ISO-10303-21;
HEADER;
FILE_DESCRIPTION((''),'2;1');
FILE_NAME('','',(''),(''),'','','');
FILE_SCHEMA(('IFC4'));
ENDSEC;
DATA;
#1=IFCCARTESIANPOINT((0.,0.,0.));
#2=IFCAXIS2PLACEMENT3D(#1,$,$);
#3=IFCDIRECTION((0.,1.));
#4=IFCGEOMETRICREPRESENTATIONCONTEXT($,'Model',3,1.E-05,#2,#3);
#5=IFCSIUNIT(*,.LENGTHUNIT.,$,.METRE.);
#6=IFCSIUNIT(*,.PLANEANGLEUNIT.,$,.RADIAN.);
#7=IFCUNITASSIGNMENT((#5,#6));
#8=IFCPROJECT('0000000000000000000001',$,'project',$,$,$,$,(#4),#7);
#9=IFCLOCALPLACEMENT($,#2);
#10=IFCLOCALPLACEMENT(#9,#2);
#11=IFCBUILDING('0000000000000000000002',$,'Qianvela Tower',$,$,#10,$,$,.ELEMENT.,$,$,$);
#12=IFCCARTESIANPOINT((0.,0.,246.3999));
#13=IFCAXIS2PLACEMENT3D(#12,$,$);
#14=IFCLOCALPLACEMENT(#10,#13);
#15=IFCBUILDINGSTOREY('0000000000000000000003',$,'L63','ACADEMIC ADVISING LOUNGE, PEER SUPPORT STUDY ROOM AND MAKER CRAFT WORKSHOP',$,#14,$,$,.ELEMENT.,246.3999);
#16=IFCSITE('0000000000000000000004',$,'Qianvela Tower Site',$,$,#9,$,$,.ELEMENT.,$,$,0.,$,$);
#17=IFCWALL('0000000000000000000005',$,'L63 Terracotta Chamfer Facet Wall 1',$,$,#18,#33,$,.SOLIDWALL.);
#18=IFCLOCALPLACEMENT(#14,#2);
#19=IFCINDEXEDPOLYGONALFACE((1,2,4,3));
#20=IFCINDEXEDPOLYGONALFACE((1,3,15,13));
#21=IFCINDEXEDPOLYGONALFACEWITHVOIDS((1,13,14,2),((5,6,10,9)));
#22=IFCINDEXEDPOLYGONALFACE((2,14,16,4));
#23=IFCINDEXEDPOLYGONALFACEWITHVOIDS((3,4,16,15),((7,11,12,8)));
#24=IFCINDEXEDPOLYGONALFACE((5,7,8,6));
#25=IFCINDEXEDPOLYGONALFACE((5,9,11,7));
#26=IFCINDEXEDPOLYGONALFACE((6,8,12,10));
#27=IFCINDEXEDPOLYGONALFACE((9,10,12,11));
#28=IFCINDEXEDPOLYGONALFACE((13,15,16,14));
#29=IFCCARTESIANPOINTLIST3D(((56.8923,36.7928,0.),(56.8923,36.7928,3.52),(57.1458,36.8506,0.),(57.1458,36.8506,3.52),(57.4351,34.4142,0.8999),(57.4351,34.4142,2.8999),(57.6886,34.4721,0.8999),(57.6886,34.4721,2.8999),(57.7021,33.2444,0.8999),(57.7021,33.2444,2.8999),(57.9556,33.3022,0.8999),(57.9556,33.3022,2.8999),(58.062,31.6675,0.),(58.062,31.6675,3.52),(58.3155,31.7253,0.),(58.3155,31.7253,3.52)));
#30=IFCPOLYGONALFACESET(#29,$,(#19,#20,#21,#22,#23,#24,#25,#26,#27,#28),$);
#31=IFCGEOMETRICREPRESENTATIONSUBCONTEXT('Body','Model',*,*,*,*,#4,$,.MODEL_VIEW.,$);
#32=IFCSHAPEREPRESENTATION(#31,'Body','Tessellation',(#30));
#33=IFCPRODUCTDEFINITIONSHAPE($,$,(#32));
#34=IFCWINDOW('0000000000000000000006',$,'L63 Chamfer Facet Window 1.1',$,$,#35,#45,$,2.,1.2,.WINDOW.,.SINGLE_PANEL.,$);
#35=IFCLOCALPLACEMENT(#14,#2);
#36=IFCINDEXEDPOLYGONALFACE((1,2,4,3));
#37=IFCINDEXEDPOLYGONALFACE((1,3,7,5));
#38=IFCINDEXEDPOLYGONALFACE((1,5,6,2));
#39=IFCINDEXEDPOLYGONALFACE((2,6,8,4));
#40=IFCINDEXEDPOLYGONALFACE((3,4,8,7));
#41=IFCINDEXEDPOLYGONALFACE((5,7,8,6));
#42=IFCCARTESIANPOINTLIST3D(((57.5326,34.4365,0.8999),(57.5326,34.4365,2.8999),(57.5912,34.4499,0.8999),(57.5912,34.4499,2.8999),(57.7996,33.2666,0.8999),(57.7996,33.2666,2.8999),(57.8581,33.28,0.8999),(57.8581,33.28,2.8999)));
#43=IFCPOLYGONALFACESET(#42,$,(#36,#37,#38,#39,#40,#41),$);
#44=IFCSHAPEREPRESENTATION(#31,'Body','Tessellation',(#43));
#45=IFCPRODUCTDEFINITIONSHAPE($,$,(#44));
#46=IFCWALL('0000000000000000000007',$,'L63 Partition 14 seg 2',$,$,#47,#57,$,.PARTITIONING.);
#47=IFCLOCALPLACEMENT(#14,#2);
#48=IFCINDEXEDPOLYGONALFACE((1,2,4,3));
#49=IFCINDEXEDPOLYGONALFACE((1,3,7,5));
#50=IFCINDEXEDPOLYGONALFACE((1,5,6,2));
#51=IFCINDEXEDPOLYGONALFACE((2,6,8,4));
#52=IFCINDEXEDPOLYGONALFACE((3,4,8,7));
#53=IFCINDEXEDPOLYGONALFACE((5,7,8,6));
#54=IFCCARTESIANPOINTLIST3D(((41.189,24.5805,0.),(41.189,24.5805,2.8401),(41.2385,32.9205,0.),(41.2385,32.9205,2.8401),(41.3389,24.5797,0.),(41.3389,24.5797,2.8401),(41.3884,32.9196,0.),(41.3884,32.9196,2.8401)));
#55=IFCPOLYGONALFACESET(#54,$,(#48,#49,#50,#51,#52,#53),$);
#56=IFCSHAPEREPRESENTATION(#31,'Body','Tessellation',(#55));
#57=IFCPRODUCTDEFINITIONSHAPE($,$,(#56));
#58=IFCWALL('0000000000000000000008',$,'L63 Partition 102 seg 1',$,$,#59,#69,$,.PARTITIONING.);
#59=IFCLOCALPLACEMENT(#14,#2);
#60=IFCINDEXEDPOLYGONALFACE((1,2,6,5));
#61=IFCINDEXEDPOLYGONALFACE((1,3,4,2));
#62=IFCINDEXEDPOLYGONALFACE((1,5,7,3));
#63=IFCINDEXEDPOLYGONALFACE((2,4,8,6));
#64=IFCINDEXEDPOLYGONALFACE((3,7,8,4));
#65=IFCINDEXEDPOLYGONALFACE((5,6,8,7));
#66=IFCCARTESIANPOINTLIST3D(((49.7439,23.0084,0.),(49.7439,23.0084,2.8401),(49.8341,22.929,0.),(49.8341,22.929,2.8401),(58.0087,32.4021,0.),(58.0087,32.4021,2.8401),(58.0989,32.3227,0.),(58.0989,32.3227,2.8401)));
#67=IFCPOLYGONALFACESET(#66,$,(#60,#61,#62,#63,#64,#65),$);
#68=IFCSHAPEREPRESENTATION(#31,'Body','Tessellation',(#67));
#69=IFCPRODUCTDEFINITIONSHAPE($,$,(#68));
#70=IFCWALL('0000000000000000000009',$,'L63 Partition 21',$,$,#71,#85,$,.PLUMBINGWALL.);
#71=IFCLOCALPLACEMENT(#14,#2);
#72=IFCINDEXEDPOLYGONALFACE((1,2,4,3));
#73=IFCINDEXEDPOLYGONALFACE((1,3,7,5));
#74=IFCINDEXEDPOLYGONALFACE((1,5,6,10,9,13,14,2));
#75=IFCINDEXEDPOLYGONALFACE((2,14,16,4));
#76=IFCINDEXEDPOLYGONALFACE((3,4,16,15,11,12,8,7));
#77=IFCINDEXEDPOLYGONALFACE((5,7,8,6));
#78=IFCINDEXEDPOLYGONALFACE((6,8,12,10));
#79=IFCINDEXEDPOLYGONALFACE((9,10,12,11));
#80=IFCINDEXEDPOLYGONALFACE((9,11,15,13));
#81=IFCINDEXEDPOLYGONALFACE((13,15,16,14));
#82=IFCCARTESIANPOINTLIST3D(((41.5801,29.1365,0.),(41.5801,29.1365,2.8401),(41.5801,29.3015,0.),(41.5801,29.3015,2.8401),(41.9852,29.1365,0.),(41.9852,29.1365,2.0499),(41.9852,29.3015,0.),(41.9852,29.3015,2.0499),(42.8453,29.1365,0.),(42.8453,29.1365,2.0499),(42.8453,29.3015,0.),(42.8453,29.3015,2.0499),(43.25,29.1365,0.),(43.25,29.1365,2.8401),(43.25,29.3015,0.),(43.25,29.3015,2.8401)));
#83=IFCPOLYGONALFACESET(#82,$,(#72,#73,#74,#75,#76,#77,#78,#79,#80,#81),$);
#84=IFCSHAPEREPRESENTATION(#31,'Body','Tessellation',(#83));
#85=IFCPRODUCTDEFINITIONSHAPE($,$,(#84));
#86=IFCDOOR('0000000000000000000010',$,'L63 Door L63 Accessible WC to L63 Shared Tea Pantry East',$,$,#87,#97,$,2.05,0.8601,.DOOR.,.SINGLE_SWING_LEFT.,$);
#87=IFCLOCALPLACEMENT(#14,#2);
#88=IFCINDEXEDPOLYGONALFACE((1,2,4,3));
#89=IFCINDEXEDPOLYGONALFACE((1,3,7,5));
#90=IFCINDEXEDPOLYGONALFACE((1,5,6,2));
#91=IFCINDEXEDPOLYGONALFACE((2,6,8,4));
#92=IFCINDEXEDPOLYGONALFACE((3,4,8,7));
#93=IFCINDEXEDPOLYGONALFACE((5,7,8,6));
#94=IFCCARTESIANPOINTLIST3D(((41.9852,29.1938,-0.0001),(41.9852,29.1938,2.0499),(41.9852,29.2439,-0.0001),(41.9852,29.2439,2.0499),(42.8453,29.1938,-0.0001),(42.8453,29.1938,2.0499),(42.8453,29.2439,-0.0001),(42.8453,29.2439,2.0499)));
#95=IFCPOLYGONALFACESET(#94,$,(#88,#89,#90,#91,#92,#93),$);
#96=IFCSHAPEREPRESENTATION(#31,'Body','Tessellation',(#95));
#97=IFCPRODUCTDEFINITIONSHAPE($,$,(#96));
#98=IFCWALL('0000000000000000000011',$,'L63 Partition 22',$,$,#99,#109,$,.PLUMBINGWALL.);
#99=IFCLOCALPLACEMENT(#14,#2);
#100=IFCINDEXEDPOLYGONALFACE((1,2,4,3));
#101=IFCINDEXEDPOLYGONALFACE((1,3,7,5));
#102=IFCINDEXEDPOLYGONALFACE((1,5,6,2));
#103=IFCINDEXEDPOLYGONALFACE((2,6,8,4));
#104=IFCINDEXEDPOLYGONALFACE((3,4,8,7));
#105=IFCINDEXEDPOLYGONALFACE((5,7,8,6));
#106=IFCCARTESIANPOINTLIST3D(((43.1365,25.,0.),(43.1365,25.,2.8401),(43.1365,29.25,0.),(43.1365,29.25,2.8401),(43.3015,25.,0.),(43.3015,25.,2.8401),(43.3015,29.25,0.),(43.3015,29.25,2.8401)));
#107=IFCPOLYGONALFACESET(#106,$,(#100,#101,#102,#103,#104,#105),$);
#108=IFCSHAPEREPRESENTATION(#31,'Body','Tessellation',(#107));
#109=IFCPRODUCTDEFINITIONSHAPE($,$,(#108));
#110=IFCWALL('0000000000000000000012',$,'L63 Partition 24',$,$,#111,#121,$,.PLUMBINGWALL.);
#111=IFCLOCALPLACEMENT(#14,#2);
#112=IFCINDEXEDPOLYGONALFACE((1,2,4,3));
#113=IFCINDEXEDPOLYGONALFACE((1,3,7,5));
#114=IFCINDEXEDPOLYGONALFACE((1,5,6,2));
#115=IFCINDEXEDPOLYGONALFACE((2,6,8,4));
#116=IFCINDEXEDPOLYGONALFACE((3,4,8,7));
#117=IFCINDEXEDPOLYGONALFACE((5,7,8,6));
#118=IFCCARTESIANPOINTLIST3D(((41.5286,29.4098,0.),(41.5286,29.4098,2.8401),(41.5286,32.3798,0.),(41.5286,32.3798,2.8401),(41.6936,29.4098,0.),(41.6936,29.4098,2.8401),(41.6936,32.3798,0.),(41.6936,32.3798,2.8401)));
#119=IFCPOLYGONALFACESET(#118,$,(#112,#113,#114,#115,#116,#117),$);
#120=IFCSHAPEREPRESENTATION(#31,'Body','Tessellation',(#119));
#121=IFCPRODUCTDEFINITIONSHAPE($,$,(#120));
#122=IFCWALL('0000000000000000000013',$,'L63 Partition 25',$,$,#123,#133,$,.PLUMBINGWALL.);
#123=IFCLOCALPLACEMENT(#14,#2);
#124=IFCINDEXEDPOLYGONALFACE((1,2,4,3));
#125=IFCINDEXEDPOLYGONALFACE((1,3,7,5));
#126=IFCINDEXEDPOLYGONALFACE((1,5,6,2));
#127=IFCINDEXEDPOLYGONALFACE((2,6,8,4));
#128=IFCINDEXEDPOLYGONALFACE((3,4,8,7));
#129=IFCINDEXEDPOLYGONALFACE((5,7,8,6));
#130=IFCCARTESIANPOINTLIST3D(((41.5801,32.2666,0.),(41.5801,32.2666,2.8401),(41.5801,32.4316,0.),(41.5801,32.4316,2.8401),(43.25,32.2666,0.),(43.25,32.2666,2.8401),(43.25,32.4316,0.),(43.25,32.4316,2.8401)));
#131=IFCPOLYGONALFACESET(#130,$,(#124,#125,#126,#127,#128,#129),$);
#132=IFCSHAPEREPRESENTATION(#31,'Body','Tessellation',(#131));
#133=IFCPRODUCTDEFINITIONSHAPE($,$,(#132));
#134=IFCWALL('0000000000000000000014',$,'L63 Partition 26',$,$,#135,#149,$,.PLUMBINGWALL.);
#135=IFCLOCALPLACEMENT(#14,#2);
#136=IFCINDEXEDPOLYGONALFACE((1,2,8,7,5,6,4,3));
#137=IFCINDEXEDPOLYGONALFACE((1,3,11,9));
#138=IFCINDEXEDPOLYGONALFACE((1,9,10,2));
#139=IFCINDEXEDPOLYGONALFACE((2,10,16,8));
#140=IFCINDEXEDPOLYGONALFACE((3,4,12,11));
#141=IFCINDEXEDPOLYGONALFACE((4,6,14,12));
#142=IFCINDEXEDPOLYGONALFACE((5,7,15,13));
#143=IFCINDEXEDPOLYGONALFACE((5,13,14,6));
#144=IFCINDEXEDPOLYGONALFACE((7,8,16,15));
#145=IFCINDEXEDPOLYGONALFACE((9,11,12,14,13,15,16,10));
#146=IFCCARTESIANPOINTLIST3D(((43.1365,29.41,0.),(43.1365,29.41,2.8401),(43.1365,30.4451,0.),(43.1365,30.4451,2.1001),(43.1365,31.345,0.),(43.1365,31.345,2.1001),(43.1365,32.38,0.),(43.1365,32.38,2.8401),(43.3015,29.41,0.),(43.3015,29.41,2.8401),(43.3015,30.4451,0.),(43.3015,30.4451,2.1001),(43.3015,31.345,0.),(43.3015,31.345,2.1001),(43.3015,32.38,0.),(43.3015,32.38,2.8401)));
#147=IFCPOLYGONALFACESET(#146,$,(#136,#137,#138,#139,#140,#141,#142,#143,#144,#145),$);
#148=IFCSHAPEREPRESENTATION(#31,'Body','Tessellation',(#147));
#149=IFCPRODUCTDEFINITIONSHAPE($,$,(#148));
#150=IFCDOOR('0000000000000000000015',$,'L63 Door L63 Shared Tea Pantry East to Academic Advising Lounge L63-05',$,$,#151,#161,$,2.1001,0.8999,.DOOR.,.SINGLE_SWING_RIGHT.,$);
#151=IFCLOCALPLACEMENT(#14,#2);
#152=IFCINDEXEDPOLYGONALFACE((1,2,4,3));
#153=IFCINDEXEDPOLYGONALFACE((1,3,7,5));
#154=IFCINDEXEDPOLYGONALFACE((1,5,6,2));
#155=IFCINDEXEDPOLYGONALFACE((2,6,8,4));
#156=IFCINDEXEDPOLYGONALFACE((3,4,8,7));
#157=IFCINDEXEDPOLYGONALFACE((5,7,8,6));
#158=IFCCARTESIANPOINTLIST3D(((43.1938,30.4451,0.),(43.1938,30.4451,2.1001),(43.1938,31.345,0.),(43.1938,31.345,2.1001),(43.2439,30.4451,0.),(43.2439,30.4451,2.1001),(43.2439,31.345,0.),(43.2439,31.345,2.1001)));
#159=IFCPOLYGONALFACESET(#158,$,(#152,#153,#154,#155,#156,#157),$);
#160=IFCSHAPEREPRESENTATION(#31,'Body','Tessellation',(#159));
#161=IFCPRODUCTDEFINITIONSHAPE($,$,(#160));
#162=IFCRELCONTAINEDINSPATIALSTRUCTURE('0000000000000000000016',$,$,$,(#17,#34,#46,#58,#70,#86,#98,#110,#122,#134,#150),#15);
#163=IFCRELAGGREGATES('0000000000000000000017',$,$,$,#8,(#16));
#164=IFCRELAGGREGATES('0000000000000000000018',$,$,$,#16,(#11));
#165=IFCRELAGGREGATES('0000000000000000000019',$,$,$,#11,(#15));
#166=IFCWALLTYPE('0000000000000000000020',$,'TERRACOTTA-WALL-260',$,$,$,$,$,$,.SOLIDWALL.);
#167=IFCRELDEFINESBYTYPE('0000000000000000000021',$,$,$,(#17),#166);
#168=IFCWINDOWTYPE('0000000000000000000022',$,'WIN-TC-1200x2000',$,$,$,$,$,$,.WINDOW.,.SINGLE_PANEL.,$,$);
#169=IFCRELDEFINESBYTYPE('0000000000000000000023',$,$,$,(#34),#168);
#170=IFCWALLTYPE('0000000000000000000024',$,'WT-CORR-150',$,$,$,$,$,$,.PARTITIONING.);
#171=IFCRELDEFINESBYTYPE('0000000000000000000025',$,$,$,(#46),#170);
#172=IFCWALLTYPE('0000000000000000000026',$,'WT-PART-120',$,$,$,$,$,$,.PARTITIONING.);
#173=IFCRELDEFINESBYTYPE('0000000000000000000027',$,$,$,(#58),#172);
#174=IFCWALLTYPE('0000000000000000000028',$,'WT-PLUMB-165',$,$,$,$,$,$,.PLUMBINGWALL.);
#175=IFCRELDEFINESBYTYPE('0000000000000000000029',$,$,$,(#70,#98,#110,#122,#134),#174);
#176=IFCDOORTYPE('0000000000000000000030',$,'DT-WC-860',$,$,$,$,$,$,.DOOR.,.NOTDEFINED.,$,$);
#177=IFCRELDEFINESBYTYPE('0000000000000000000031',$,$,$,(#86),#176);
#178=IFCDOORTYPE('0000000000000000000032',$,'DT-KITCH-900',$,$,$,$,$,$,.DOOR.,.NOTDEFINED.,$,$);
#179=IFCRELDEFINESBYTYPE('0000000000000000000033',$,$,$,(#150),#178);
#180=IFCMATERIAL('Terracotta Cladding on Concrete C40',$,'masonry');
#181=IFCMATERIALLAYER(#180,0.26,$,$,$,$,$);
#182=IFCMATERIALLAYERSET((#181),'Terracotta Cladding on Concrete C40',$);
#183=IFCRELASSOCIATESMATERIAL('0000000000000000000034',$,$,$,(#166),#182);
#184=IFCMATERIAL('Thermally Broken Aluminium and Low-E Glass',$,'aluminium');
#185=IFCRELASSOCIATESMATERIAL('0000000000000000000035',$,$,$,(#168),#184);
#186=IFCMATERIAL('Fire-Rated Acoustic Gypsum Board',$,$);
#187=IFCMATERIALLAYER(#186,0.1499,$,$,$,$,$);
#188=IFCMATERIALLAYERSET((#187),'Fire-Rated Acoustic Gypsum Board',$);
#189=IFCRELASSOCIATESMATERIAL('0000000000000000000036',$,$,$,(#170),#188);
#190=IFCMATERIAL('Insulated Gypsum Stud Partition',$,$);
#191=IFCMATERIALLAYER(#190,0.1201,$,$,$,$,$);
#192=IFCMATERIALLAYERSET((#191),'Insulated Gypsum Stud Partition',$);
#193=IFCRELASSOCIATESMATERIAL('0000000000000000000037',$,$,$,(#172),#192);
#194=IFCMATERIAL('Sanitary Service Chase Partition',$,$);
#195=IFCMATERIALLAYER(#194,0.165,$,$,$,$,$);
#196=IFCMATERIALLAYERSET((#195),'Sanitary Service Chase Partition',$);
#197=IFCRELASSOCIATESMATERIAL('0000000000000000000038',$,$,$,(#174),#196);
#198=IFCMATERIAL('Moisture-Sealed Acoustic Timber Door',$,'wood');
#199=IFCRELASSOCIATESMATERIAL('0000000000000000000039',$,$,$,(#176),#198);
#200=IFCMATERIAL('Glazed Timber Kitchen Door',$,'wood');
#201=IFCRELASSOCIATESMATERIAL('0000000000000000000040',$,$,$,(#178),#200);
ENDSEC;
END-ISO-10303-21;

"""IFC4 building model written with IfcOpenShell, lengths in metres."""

from ifc_helpers import new_model, si_unit, direction, frame, frame_2d, origin, place, context, subcontext, project, spatial, rectangle, extrude, material, layer, layer_set, type_object, element, fill, save


model = new_model("IFC4")

# Units and contexts
model_context = context("Model", 3, precision=1e-05, world=origin(), true_north=direction((0.0, 1.0)))
body_context = subcontext(model_context, "Body", "Model", "MODEL_VIEW")
ifc_project = project(units=[si_unit("LENGTHUNIT", "METRE"), si_unit("PLANEANGLEUNIT", "RADIAN")], contexts=[model_context])

# Site, building, storey
site_placement = place(None, origin())
site = spatial("IfcSite", under=ifc_project, at=site_placement, Name="Qianvela Tower Site", CompositionType="ELEMENT", RefElevation=0.0)
building_placement = place(site_placement, origin())
building = spatial("IfcBuilding", under=site, at=building_placement, Name="Qianvela Tower", CompositionType="ELEMENT")
storey_placement = place(building_placement, frame((0.0, 0.0, 246.3999)))
storey = spatial("IfcBuildingStorey", under=building, at=storey_placement, Name="L63", Description="ACADEMIC ADVISING LOUNGE, PEER SUPPORT STUDY ROOM AND MAKER CRAFT WORKSHOP", CompositionType="ELEMENT", Elevation=246.3999)

# Wall, opening, window
ifc_material_1 = material(Name="Terracotta Cladding on Concrete C40", Category="masonry")
ifc_layer_1 = layer(ifc_material_1, 0.26)
ifc_layer_set_1 = layer_set([ifc_layer_1], Name="Terracotta Cladding on Concrete C40")
wall_type_1 = type_object("IfcWallType", Name="TERRACOTTA-WALL-260", PredefinedType="SOLIDWALL", material=ifc_layer_set_1)
wall_1_placement = place(storey_placement, frame((58.1887, 31.6965, 0.0), z_axis=(0.0, 0.0, 1.0), x_axis=(-0.222498, 0.974933, 0.0)))
wall_1 = element("IfcWall", 1, at=wall_1_placement, inside=storey, type_object=wall_type_1, Name="L63 Terracotta Chamfer Facet Wall 1", PredefinedType="SOLIDWALL", context=body_context, shape_type="SweptSolid", body=[
    extrude(rectangle(XDim=5.2571, YDim=0.26, at=frame_2d((2.6284, 0.0))), origin(), (0.0, 0.0, 1.0), 3.52),
])
opening_1_placement = place(wall_1_placement, frame((1.6172, 0.0, 0.8999)))
opening_1 = element("IfcOpeningElement", 2, at=opening_1_placement, cuts=wall_1, PredefinedType="OPENING", context=body_context, shape_type="SweptSolid", body=[
    extrude(rectangle(XDim=1.2, YDim=2.0, at=frame_2d((0.6001, 1.0))), frame((0.0, 0.1399, 0.0), z_axis=(0.0, -1.0, 0.0), x_axis=(1.0, 0.0, 0.0)), (0.0, 0.0, 1.0), 0.28),
])
ifc_material_2 = material(Name="Thermally Broken Aluminium and Low-E Glass", Category="aluminium")
window_type = type_object("IfcWindowType", Name="WIN-TC-1200x2000", PartitioningType="SINGLE_PANEL", PredefinedType="WINDOW", material=ifc_material_2)
window_placement = place(opening_1_placement, origin())
window = element("IfcWindow", 3, at=window_placement, inside=storey, type_object=window_type, Name="L63 Chamfer Facet Window 1.1", OverallHeight=2.0, OverallWidth=1.2, PartitioningType="SINGLE_PANEL", PredefinedType="WINDOW", context=body_context, shape_type="SweptSolid", body=[
    extrude(rectangle(XDim=1.2, YDim=2.0, at=frame_2d((0.6001, 1.0))), frame((0.0, 0.03, 0.0), z_axis=(0.0, -1.0, 0.0), x_axis=(1.0, 0.0, 0.0)), (0.0, 0.0, 1.0), 0.0601),
])
fill(opening_1, window)

# Walls
ifc_material_3 = material(Name="Fire-Rated Acoustic Gypsum Board")
ifc_layer_2 = layer(ifc_material_3, 0.1499)
ifc_layer_set_2 = layer_set([ifc_layer_2], Name="Fire-Rated Acoustic Gypsum Board")
wall_type_2 = type_object("IfcWallType", Name="WT-CORR-150", PredefinedType="PARTITIONING", material=ifc_layer_set_2)
wall_2_placement = place(storey_placement, frame((41.3135, 32.9199, 0.0), z_axis=(0.0, 0.0, 1.0), x_axis=(-0.005943, -0.999982, 0.0)))
element("IfcWall", 4, at=wall_2_placement, inside=storey, type_object=wall_type_2, Name="L63 Partition 14 seg 2", PredefinedType="PARTITIONING", context=body_context, shape_type="SweptSolid", body=[
    extrude(rectangle(XDim=8.3401, YDim=0.1499, at=frame_2d((4.1699, 0.0))), origin(), (0.0, 0.0, 1.0), 2.8401),
])
ifc_material_4 = material(Name="Insulated Gypsum Stud Partition")
ifc_layer_3 = layer(ifc_material_4, 0.1201)
ifc_layer_set_3 = layer_set([ifc_layer_3], Name="Insulated Gypsum Stud Partition")
wall_type_3 = type_object("IfcWallType", Name="WT-PART-120", PredefinedType="PARTITIONING", material=ifc_layer_set_3)
wall_3_placement = place(storey_placement, frame((58.0537, 32.3623, 0.0), z_axis=(0.0, 0.0, 1.0), x_axis=(-0.660554, -0.750779, 0.0)))
element("IfcWall", 5, at=wall_3_placement, inside=storey, type_object=wall_type_3, Name="L63 Partition 102 seg 1", PredefinedType="PARTITIONING", context=body_context, shape_type="SweptSolid", body=[
    extrude(rectangle(XDim=12.512, YDim=0.1201, at=frame_2d((6.2559, 0.0))), origin(), (0.0, 0.0, 1.0), 2.8401),
])

# Wall, opening, door
ifc_material_5 = material(Name="Sanitary Service Chase Partition")
ifc_layer_4 = layer(ifc_material_5, 0.165)
ifc_layer_set_4 = layer_set([ifc_layer_4], Name="Sanitary Service Chase Partition")
wall_type_4 = type_object("IfcWallType", Name="WT-PLUMB-165", PredefinedType="PLUMBINGWALL", material=ifc_layer_set_4)
wall_4_placement = place(storey_placement, frame((41.5801, 29.219, 0.0), z_axis=(0.0, 0.0, 1.0), x_axis=(1.0, 0.0, 0.0)))
wall_4 = element("IfcWall", 6, at=wall_4_placement, inside=storey, type_object=wall_type_4, Name="L63 Partition 21", PredefinedType="PLUMBINGWALL", context=body_context, shape_type="SweptSolid", body=[
    extrude(rectangle(XDim=1.6699, YDim=0.165, at=frame_2d((0.835, 0.0))), origin(), (0.0, 0.0, 1.0), 2.8401),
])
opening_2_placement = place(wall_4_placement, frame((0.405, 0.0, 0.0)))
opening_2 = element("IfcOpeningElement", 7, at=opening_2_placement, cuts=wall_4, PredefinedType="OPENING", context=body_context, shape_type="SweptSolid", body=[
    extrude(rectangle(XDim=0.8601, YDim=2.05, at=frame_2d((0.4302, 1.0249))), frame((0.0, 0.0925, 0.0), z_axis=(0.0, -1.0, 0.0), x_axis=(1.0, 0.0, 0.0)), (0.0, 0.0, 1.0), 0.1851),
])
ifc_material_6 = material(Name="Moisture-Sealed Acoustic Timber Door", Category="wood")
door_type_1 = type_object("IfcDoorType", Name="DT-WC-860", OperationType="NOTDEFINED", PredefinedType="DOOR", material=ifc_material_6)
door_1_placement = place(opening_2_placement, origin())
door_1 = element("IfcDoor", 8, at=door_1_placement, inside=storey, type_object=door_type_1, Name="L63 Door L63 Accessible WC to L63 Shared Tea Pantry East", OperationType="SINGLE_SWING_LEFT", OverallHeight=2.05, OverallWidth=0.8601, PredefinedType="DOOR", context=body_context, shape_type="SweptSolid", body=[
    extrude(rectangle(XDim=0.8601, YDim=2.05, at=frame_2d((0.4302, 1.0249))), frame((0.0, 0.0249, 0.0), z_axis=(0.0, -1.0, 0.0), x_axis=(1.0, 0.0, 0.0)), (0.0, 0.0, 1.0), 0.05),
])
fill(opening_2, door_1)

# Walls
wall_5_placement = place(storey_placement, frame((43.219, 29.25, 0.0), z_axis=(0.0, 0.0, 1.0), x_axis=(0.0, -1.0, 0.0)))
element("IfcWall", 9, at=wall_5_placement, inside=storey, type_object=wall_type_4, Name="L63 Partition 22", PredefinedType="PLUMBINGWALL", context=body_context, shape_type="SweptSolid", body=[
    extrude(rectangle(XDim=4.25, YDim=0.165, at=frame_2d((2.125, 0.0))), origin(), (0.0, 0.0, 1.0), 2.8401),
])
wall_6_placement = place(storey_placement, frame((41.6111, 29.4099, 0.0), z_axis=(0.0, 0.0, 1.0), x_axis=(0.0, 1.0, 0.0)))
element("IfcWall", 10, at=wall_6_placement, inside=storey, type_object=wall_type_4, Name="L63 Partition 24", PredefinedType="PLUMBINGWALL", context=body_context, shape_type="SweptSolid", body=[
    extrude(rectangle(XDim=2.97, YDim=0.165, at=frame_2d((1.4849, 0.0))), origin(), (0.0, 0.0, 1.0), 2.8401),
])
wall_7_placement = place(storey_placement, frame((41.5801, 32.3491, 0.0), z_axis=(0.0, 0.0, 1.0), x_axis=(1.0, 0.0, 0.0)))
element("IfcWall", 11, at=wall_7_placement, inside=storey, type_object=wall_type_4, Name="L63 Partition 25", PredefinedType="PLUMBINGWALL", context=body_context, shape_type="SweptSolid", body=[
    extrude(rectangle(XDim=1.6699, YDim=0.165, at=frame_2d((0.835, 0.0))), origin(), (0.0, 0.0, 1.0), 2.8401),
])

# Wall, opening, door
wall_8_placement = place(storey_placement, frame((43.219, 32.3799, 0.0), z_axis=(0.0, 0.0, 1.0), x_axis=(0.0, -1.0, 0.0)))
wall_8 = element("IfcWall", 12, at=wall_8_placement, inside=storey, type_object=wall_type_4, Name="L63 Partition 26", PredefinedType="PLUMBINGWALL", context=body_context, shape_type="SweptSolid", body=[
    extrude(rectangle(XDim=2.97, YDim=0.165, at=frame_2d((1.4849, 0.0))), origin(), (0.0, 0.0, 1.0), 2.8401),
])
opening_3_placement = place(wall_8_placement, frame((1.0349, 0.0, 0.0)))
opening_3 = element("IfcOpeningElement", 13, at=opening_3_placement, cuts=wall_8, PredefinedType="OPENING", context=body_context, shape_type="SweptSolid", body=[
    extrude(rectangle(XDim=0.8999, YDim=2.1001, at=frame_2d((0.45, 1.05))), frame((0.0, 0.0925, 0.0), z_axis=(0.0, -1.0, 0.0), x_axis=(1.0, 0.0, 0.0)), (0.0, 0.0, 1.0), 0.1851),
])
ifc_material_7 = material(Name="Glazed Timber Kitchen Door", Category="wood")
door_type_2 = type_object("IfcDoorType", Name="DT-KITCH-900", OperationType="NOTDEFINED", PredefinedType="DOOR", material=ifc_material_7)
door_2_placement = place(opening_3_placement, origin())
door_2 = element("IfcDoor", 14, at=door_2_placement, inside=storey, type_object=door_type_2, Name="L63 Door L63 Shared Tea Pantry East to Academic Advising Lounge L63-05", OperationType="SINGLE_SWING_RIGHT", OverallHeight=2.1001, OverallWidth=0.8999, PredefinedType="DOOR", context=body_context, shape_type="SweptSolid", body=[
    extrude(rectangle(XDim=0.8999, YDim=2.1001, at=frame_2d((0.45, 1.05))), frame((0.0, 0.0249, 0.0), z_axis=(0.0, -1.0, 0.0), x_axis=(1.0, 0.0, 0.0)), (0.0, 0.0, 1.0), 0.05),
])
fill(opening_3, door_2)

save(model, "model.ifc")
